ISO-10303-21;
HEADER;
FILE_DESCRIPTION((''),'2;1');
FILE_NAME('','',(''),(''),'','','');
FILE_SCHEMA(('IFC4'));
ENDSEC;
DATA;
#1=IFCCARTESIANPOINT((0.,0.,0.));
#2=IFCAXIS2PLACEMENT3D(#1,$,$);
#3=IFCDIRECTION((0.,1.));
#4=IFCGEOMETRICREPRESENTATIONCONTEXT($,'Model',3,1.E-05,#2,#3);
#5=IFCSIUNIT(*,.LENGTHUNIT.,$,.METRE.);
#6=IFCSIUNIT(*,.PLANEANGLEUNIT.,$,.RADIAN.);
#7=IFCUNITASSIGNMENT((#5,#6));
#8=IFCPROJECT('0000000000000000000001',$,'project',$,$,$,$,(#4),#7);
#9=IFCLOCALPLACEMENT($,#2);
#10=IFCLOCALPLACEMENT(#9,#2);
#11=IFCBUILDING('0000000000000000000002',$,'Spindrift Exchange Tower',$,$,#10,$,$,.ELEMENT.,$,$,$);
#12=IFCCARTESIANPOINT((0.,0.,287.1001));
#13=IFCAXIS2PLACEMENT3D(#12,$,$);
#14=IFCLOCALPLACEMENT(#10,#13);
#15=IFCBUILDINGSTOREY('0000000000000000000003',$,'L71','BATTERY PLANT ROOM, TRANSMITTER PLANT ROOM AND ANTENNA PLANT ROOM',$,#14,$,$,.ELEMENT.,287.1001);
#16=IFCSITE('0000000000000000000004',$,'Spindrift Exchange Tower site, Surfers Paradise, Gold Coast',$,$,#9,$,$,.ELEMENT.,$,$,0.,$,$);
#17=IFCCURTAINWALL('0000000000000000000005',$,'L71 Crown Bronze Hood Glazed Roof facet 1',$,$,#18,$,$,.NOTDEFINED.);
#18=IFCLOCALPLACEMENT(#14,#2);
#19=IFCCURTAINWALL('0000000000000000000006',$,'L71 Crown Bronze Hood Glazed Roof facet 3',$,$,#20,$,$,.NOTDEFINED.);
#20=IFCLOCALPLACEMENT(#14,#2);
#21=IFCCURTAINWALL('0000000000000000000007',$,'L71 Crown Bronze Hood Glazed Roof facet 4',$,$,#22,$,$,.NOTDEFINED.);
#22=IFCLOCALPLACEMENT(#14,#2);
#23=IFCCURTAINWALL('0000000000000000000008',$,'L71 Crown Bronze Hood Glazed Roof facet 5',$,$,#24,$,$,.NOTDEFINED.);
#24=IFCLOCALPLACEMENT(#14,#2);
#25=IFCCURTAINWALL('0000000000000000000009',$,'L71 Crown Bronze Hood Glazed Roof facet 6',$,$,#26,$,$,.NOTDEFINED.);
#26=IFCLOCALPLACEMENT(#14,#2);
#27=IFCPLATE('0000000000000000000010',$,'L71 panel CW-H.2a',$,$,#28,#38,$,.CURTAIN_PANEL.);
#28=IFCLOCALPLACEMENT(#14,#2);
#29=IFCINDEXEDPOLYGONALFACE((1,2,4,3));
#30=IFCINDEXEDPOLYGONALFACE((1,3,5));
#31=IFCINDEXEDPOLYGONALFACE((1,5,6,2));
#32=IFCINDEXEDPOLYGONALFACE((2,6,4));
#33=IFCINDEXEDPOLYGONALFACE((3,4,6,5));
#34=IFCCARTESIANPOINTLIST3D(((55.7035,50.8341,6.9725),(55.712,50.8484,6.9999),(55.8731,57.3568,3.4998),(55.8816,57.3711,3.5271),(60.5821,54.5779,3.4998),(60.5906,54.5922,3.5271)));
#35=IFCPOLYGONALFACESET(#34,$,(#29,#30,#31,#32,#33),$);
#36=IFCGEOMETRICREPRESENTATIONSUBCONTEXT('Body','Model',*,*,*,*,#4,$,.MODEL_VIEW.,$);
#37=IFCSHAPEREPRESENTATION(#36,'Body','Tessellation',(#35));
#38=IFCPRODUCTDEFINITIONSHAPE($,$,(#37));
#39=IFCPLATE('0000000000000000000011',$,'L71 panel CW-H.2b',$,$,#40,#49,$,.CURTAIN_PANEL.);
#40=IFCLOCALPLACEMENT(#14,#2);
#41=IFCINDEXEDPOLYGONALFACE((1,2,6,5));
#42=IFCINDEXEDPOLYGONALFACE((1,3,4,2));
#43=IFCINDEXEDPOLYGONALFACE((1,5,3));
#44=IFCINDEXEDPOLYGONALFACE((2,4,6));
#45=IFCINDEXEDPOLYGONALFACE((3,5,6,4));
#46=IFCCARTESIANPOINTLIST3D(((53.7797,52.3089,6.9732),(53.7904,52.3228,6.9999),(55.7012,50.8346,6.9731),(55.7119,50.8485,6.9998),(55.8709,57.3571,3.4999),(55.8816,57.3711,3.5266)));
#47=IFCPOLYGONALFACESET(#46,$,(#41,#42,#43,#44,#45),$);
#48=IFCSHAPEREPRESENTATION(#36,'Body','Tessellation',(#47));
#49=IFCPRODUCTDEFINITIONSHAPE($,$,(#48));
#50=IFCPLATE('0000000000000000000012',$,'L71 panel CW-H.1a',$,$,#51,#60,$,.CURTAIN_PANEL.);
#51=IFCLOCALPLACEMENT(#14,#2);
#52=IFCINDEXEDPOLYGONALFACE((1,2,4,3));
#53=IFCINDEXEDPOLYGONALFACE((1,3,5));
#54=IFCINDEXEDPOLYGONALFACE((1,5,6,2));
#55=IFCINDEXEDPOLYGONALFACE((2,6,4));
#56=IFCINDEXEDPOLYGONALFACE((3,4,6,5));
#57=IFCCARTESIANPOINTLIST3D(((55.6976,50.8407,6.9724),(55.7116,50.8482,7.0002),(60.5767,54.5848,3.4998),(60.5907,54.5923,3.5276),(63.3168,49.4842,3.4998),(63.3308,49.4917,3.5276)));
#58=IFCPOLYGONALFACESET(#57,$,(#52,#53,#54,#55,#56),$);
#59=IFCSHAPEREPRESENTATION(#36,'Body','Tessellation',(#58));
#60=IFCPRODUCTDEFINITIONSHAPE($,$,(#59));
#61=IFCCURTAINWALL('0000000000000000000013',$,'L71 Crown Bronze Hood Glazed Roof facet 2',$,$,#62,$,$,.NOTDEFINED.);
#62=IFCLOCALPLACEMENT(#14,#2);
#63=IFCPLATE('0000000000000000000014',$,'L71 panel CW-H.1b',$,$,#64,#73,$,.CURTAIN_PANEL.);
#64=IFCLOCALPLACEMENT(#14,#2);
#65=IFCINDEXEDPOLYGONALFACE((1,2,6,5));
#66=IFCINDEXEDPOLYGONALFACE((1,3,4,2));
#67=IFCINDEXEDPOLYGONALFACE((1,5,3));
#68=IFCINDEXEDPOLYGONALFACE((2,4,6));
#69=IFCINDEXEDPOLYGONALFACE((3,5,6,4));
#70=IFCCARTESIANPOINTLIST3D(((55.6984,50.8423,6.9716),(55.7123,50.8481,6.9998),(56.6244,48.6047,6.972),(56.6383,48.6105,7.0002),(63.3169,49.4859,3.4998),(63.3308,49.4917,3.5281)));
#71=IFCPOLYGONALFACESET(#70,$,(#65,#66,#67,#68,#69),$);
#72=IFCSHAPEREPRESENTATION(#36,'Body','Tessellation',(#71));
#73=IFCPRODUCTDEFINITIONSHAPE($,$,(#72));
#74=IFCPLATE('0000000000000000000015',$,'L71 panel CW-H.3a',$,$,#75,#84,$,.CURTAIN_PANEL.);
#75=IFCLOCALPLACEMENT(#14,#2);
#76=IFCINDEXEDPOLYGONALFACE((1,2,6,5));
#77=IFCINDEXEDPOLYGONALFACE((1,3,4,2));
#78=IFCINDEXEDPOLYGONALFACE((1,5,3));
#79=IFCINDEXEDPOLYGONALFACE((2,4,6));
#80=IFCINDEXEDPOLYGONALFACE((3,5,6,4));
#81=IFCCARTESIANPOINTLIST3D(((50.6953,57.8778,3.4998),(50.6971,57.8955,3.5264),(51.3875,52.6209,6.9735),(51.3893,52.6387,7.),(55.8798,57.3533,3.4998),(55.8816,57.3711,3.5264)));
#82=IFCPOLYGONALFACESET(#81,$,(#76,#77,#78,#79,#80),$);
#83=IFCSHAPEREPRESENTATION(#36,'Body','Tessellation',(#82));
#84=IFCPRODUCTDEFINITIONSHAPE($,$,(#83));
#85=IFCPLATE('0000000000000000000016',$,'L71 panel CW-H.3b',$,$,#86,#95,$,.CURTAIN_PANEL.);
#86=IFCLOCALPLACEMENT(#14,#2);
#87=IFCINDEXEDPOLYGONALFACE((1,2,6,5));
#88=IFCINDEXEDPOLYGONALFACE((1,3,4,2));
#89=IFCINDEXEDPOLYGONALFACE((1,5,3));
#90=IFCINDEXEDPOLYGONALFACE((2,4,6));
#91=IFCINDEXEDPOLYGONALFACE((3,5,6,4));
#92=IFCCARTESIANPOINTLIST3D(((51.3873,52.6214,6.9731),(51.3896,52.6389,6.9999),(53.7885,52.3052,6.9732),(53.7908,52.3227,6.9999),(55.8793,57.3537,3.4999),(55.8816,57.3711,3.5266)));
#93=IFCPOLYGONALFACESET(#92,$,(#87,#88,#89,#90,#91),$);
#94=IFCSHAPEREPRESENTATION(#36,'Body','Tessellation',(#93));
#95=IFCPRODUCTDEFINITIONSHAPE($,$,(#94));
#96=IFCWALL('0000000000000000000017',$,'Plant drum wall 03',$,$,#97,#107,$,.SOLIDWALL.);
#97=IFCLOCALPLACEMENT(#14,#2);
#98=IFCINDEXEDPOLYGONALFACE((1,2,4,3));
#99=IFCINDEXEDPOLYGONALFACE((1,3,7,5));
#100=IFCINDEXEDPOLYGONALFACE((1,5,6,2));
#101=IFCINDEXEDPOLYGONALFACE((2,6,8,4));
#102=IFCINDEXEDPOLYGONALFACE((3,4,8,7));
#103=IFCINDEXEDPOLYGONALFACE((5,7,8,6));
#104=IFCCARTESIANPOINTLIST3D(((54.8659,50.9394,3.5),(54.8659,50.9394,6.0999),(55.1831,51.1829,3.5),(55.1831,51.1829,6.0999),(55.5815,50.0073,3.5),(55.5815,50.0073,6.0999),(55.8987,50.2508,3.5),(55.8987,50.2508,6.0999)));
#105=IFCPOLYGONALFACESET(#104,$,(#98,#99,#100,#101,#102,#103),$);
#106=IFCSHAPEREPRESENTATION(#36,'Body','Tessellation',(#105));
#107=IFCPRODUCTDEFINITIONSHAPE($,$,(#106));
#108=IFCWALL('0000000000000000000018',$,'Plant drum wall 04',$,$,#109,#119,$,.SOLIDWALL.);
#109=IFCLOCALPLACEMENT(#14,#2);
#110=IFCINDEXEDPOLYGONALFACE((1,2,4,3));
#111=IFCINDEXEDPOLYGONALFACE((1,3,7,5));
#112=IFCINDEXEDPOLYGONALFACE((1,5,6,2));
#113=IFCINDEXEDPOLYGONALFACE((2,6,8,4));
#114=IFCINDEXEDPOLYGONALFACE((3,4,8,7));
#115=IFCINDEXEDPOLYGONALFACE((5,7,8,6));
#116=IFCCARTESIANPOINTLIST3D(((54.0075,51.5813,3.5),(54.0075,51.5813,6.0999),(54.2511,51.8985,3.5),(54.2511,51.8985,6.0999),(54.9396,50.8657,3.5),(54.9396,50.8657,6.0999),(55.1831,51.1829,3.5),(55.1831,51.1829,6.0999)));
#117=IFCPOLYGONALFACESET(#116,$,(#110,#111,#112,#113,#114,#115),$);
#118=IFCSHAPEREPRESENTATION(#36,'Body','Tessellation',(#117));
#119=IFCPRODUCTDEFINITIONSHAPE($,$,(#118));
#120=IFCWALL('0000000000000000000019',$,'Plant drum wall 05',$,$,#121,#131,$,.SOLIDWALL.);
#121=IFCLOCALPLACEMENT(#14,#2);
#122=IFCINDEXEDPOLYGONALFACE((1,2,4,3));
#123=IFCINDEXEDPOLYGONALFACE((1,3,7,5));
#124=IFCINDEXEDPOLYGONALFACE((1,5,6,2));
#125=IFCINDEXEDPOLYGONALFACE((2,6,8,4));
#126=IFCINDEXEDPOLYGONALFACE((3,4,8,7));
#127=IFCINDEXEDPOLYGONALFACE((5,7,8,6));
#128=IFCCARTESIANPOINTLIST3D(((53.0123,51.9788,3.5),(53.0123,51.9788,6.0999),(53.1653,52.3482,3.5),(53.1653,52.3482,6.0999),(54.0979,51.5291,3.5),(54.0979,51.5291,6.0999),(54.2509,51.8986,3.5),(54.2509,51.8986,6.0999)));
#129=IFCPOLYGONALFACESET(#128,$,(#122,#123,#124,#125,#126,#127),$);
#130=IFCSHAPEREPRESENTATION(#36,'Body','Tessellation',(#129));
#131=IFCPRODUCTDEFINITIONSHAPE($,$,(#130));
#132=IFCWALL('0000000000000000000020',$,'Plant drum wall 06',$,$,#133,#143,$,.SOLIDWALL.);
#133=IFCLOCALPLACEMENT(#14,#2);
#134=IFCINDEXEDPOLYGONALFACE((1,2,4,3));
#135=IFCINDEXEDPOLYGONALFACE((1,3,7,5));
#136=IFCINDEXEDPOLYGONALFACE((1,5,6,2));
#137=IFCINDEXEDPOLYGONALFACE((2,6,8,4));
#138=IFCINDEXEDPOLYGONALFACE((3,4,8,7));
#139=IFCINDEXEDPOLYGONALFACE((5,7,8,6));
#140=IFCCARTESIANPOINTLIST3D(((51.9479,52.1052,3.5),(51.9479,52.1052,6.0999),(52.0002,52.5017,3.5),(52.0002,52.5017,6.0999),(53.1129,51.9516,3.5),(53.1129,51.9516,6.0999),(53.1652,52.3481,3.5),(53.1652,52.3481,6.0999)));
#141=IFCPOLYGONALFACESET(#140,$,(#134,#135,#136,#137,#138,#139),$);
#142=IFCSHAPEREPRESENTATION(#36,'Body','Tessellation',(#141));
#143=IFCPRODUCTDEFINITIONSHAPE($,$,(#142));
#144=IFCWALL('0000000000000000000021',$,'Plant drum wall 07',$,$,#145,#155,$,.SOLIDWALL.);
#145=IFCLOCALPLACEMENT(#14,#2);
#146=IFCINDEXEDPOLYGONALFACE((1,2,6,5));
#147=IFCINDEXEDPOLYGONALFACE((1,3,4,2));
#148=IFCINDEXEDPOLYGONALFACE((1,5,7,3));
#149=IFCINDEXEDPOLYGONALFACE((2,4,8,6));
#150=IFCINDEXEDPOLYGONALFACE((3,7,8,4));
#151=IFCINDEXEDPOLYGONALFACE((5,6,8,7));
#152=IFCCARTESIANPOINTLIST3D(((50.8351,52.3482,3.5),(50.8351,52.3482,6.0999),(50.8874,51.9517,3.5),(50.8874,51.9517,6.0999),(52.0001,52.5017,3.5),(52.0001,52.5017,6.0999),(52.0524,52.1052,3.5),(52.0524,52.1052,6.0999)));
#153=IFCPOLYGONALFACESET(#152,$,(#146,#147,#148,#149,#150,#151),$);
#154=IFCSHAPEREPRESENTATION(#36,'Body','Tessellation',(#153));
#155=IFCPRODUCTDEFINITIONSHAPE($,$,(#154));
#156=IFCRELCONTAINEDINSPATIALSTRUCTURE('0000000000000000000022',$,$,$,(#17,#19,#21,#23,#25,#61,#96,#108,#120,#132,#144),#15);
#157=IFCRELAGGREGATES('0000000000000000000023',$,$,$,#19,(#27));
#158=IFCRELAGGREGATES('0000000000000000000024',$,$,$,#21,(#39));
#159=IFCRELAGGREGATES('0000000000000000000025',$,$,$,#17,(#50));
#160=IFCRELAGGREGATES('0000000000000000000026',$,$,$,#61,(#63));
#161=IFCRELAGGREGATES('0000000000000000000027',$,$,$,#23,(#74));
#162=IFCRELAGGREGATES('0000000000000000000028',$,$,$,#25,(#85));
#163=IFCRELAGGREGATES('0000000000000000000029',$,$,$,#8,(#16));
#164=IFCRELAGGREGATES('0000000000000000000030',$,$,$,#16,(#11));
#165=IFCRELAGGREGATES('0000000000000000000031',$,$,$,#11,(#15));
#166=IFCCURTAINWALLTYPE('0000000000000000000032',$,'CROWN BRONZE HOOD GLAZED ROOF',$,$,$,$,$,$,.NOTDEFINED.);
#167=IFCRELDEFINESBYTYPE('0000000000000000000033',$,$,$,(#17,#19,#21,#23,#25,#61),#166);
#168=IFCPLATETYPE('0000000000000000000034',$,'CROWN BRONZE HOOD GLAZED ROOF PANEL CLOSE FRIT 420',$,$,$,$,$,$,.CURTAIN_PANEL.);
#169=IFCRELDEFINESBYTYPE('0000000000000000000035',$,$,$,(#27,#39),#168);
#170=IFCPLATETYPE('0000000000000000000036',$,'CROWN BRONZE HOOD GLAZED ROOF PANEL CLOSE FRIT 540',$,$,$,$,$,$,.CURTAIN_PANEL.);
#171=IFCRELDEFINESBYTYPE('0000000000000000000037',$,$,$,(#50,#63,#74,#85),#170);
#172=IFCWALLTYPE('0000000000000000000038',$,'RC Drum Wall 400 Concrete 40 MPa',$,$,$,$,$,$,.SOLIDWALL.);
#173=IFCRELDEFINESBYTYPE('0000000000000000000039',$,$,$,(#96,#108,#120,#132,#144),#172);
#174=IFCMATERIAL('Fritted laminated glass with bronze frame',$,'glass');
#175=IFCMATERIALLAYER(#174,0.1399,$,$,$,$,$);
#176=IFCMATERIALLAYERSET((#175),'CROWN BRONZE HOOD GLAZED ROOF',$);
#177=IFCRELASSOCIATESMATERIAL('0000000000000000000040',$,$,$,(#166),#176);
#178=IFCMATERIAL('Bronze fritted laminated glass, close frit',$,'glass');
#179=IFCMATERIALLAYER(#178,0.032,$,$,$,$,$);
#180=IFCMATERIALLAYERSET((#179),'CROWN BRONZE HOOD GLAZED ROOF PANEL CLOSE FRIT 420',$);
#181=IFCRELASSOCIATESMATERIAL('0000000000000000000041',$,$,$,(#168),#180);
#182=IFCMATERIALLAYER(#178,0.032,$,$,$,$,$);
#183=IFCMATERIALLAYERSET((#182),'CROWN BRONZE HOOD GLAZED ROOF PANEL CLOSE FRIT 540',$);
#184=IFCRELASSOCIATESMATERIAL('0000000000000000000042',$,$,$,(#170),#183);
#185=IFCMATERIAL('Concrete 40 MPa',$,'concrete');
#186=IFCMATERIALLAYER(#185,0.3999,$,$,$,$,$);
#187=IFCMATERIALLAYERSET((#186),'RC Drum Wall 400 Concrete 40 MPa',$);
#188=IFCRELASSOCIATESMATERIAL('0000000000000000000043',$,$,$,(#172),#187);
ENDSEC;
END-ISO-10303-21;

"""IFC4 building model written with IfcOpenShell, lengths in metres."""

from ifc_helpers import new_model, si_unit, direction, frame, frame_2d, origin, place, context, subcontext, project, spatial, line, indexed_curve, rectangle, outline, extrude, material, layer, layer_set, type_object, element, aggregate, save


model = new_model("IFC4")

# Units and contexts
model_context = context("Model", 3, precision=1e-05, world=origin(), true_north=direction((0.0, 1.0)))
body_context = subcontext(model_context, "Body", "Model", "MODEL_VIEW")
ifc_project = project(units=[si_unit("LENGTHUNIT", "METRE"), si_unit("PLANEANGLEUNIT", "RADIAN")], contexts=[model_context])

# Site, building, storey
site_placement = place(None, origin())
site = spatial("IfcSite", under=ifc_project, at=site_placement, Name="Spindrift Exchange Tower site, Surfers Paradise, Gold Coast", CompositionType="ELEMENT", RefElevation=0.0)
building_placement = place(site_placement, origin())
building = spatial("IfcBuilding", under=site, at=building_placement, Name="Spindrift Exchange Tower", CompositionType="ELEMENT")
storey_placement = place(building_placement, frame((0.0, 0.0, 287.1001)))
storey = spatial("IfcBuildingStorey", under=building, at=storey_placement, Name="L71", Description="BATTERY PLANT ROOM, TRANSMITTER PLANT ROOM AND ANTENNA PLANT ROOM", CompositionType="ELEMENT", Elevation=287.1001)

# Curtain walls
ifc_material_1 = material(Name="Fritted laminated glass with bronze frame", Category="glass")
ifc_layer_1 = layer(ifc_material_1, 0.1399)
ifc_layer_set_1 = layer_set([ifc_layer_1], Name="CROWN BRONZE HOOD GLAZED ROOF")
curtain_wall_type = type_object("IfcCurtainWallType", Name="CROWN BRONZE HOOD GLAZED ROOF", PredefinedType="NOTDEFINED", material=ifc_layer_set_1)
curtain_wall_1_placement = place(storey_placement, origin())
curtain_wall_1 = element("IfcCurtainWall", 1, at=curtain_wall_1_placement, inside=storey, type_object=curtain_wall_type, Name="L71 Crown Bronze Hood Glazed Roof facet 1", PredefinedType="NOTDEFINED")
curtain_wall_2_placement = place(storey_placement, origin())
curtain_wall_2 = element("IfcCurtainWall", 2, at=curtain_wall_2_placement, inside=storey, type_object=curtain_wall_type, Name="L71 Crown Bronze Hood Glazed Roof facet 3", PredefinedType="NOTDEFINED")

# Curtain walls
curtain_wall_3_placement = place(storey_placement, origin())
curtain_wall_3 = element("IfcCurtainWall", 3, at=curtain_wall_3_placement, inside=storey, type_object=curtain_wall_type, Name="L71 Crown Bronze Hood Glazed Roof facet 4", PredefinedType="NOTDEFINED")
curtain_wall_4_placement = place(storey_placement, origin())
curtain_wall_4 = element("IfcCurtainWall", 4, at=curtain_wall_4_placement, inside=storey, type_object=curtain_wall_type, Name="L71 Crown Bronze Hood Glazed Roof facet 5", PredefinedType="NOTDEFINED")
curtain_wall_5_placement = place(storey_placement, origin())
curtain_wall_5 = element("IfcCurtainWall", 5, at=curtain_wall_5_placement, inside=storey, type_object=curtain_wall_type, Name="L71 Crown Bronze Hood Glazed Roof facet 6", PredefinedType="NOTDEFINED")

# Shared definitions
ifc_material_2 = material(Name="Bronze fritted laminated glass, close frit", Category="glass")

# Plates
ifc_layer_2 = layer(ifc_material_2, 0.032)
ifc_layer_set_2 = layer_set([ifc_layer_2], Name="CROWN BRONZE HOOD GLAZED ROOF PANEL CLOSE FRIT 420")
plate_type_1 = type_object("IfcPlateType", Name="CROWN BRONZE HOOD GLAZED ROOF PANEL CLOSE FRIT 420", PredefinedType="CURTAIN_PANEL", material=ifc_layer_set_2)
plate_1_placement = place(storey_placement, frame((55.8816, 57.3711, 3.5271), z_axis=(0.264306, 0.447878, 0.854136), x_axis=(0.861221, -0.508231, 0.0)))
plate_1 = element("IfcPlate", 6, at=plate_1_placement, type_object=plate_type_1, Name="L71 panel CW-H.2a", PredefinedType="CURTAIN_PANEL", context=body_context, shape_type="SweptSolid", body=[
    extrude(outline(indexed_curve([(0.0, 0.0), (5.4678, 0.0), (3.1689, -6.6777)], segments=[line(1, 2, 3, 1)], self_intersect=False)), origin(), (0.0, 0.0, -1.0), 0.032),
])
aggregate(curtain_wall_2, [plate_1])
plate_2_placement = place(storey_placement, frame((55.8816, 57.3711, 3.5266), z_axis=(0.334647, 0.436111, 0.835355), x_axis=(-0.022954, -0.88243, 0.469883)))
plate_2 = element("IfcPlate", 7, at=plate_2_placement, type_object=plate_type_1, Name="L71 panel CW-H.2b", PredefinedType="CURTAIN_PANEL", context=body_context, shape_type="SweptSolid", body=[
    extrude(outline(indexed_curve([(0.0, 0.0), (7.3916, 0.0), (6.1348, -2.0703)], segments=[line(1, 2, 3, 1)], self_intersect=False)), origin(), (0.0, 0.0, -1.0), 0.032),
])
aggregate(curtain_wall_3, [plate_2])
ifc_layer_3 = layer(ifc_material_2, 0.032)
ifc_layer_set_3 = layer_set([ifc_layer_3], Name="CROWN BRONZE HOOD GLAZED ROOF PANEL CLOSE FRIT 540")
plate_type_2 = type_object("IfcPlateType", Name="CROWN BRONZE HOOD GLAZED ROOF PANEL CLOSE FRIT 540", PredefinedType="CURTAIN_PANEL", material=ifc_layer_set_3)
plate_3_placement = place(storey_placement, frame((63.3308, 49.4917, 3.5276), z_axis=(0.43744, 0.235, 0.867998), x_axis=(-0.47325, 0.880928, 0.0)))
plate_3 = element("IfcPlate", 8, at=plate_3_placement, type_object=plate_type_2, Name="L71 panel CW-H.1a", PredefinedType="CURTAIN_PANEL", context=body_context, shape_type="SweptSolid", body=[
    extrude(outline(indexed_curve([(0.0, 0.0), (5.79, 0.0), (4.8008, 6.9932)], segments=[line(1, 2, 3, 1)], self_intersect=False)), origin(), (0.0, 0.0, -1.0), 0.032),
])
aggregate(curtain_wall_1, [plate_3])

# Curtain wall, plate
curtain_wall_6_placement = place(storey_placement, origin())
curtain_wall_6 = element("IfcCurtainWall", 9, at=curtain_wall_6_placement, inside=storey, type_object=curtain_wall_type, Name="L71 Crown Bronze Hood Glazed Roof facet 2", PredefinedType="NOTDEFINED")
plate_4_placement = place(storey_placement, frame((63.3308, 49.4917, 3.5281), z_axis=(0.434247, 0.179858, 0.882656), x_axis=(-0.898259, 0.159923, 0.409336)))
plate_4 = element("IfcPlate", 10, at=plate_4_placement, type_object=plate_type_2, Name="L71 panel CW-H.1b", PredefinedType="CURTAIN_PANEL", context=body_context, shape_type="SweptSolid", body=[
    extrude(outline(indexed_curve([(0.0, 0.0), (8.4814, 0.0), (7.292, 2.1094)], segments=[line(1, 2, 3, 1)], self_intersect=False)), origin(), (0.0, 0.0, -1.0), 0.032),
])
aggregate(curtain_wall_6, [plate_4])

# Plates
plate_5_placement = place(storey_placement, frame((55.8816, 57.3711, 3.5264), z_axis=(0.056198, 0.555566, 0.829571), x_axis=(-0.994923, 0.10064, 0.0)))
plate_5 = element("IfcPlate", 11, at=plate_5_placement, type_object=plate_type_2, Name="L71 panel CW-H.3a", PredefinedType="CURTAIN_PANEL", context=body_context, shape_type="SweptSolid", body=[
    extrude(outline(indexed_curve([(0.0, 0.0), (5.2109, 0.0), (3.9932, 6.2207)], segments=[line(1, 2, 3, 1)], self_intersect=False)), origin(), (0.0, 0.0, -1.0), 0.032),
])
aggregate(curtain_wall_4, [plate_5])
plate_6_placement = place(storey_placement, frame((55.8816, 57.3711, 3.5266), z_axis=(0.071761, 0.544999, 0.83536), x_axis=(-0.607719, -0.640218, 0.469892)))
plate_6 = element("IfcPlate", 12, at=plate_6_placement, type_object=plate_type_2, Name="L71 panel CW-H.3b", PredefinedType="CURTAIN_PANEL", context=body_context, shape_type="SweptSolid", body=[
    extrude(outline(indexed_curve([(0.0, 0.0), (7.3916, 0.0), (6.1348, 2.0703)], segments=[line(1, 2, 3, 1)], self_intersect=False)), origin(), (0.0, 0.0, -1.0), 0.032),
])
aggregate(curtain_wall_5, [plate_6])

# Walls
ifc_material_3 = material(Name="Concrete 40 MPa", Category="concrete")
ifc_layer_4 = layer(ifc_material_3, 0.3999)
ifc_layer_set_4 = layer_set([ifc_layer_4], Name="RC Drum Wall 400 Concrete 40 MPa")
wall_type = type_object("IfcWallType", Name="RC Drum Wall 400 Concrete 40 MPa", PredefinedType="SOLIDWALL", material=ifc_layer_set_4)
for number, where, z_axis, x_axis, name in (
    (13, (55.74, 50.1292, 3.5), (0.0, 0.0, 1.0), (-0.608937, 0.793218, 0.0), "Plant drum wall 03"),
    (14, (55.0613, 51.0244, 3.5), (0.0, 0.0, 1.0), (-0.793218, 0.608937, 0.0), "Plant drum wall 04"),
    (15, (54.1743, 51.7139, 3.5), (0.0, 0.0, 1.0), (-0.92388, 0.382682, 0.0), "Plant drum wall 05"),
    (16, (53.1389, 52.1499, 3.5), (0.0, 0.0, 1.0), (-0.991425, 0.13068, 0.0), "Plant drum wall 06"),
    (17, (52.0261, 52.3035, 3.5), (0.0, 0.0, 1.0), (-0.991425, -0.13068, 0.0), "Plant drum wall 07"),
):
    element("IfcWall", number, at=place(storey_placement, frame(where, z_axis=z_axis, x_axis=x_axis)), inside=storey, type_object=wall_type, Name=name, PredefinedType="SOLIDWALL", context=body_context, shape_type="SweptSolid", body=[
        extrude(rectangle(XDim=1.175, YDim=0.3999, at=frame_2d((0.5874, 0.0))), origin(), (0.0, 0.0, 1.0), 2.5999),
    ])

save(model, "model.ifc")
